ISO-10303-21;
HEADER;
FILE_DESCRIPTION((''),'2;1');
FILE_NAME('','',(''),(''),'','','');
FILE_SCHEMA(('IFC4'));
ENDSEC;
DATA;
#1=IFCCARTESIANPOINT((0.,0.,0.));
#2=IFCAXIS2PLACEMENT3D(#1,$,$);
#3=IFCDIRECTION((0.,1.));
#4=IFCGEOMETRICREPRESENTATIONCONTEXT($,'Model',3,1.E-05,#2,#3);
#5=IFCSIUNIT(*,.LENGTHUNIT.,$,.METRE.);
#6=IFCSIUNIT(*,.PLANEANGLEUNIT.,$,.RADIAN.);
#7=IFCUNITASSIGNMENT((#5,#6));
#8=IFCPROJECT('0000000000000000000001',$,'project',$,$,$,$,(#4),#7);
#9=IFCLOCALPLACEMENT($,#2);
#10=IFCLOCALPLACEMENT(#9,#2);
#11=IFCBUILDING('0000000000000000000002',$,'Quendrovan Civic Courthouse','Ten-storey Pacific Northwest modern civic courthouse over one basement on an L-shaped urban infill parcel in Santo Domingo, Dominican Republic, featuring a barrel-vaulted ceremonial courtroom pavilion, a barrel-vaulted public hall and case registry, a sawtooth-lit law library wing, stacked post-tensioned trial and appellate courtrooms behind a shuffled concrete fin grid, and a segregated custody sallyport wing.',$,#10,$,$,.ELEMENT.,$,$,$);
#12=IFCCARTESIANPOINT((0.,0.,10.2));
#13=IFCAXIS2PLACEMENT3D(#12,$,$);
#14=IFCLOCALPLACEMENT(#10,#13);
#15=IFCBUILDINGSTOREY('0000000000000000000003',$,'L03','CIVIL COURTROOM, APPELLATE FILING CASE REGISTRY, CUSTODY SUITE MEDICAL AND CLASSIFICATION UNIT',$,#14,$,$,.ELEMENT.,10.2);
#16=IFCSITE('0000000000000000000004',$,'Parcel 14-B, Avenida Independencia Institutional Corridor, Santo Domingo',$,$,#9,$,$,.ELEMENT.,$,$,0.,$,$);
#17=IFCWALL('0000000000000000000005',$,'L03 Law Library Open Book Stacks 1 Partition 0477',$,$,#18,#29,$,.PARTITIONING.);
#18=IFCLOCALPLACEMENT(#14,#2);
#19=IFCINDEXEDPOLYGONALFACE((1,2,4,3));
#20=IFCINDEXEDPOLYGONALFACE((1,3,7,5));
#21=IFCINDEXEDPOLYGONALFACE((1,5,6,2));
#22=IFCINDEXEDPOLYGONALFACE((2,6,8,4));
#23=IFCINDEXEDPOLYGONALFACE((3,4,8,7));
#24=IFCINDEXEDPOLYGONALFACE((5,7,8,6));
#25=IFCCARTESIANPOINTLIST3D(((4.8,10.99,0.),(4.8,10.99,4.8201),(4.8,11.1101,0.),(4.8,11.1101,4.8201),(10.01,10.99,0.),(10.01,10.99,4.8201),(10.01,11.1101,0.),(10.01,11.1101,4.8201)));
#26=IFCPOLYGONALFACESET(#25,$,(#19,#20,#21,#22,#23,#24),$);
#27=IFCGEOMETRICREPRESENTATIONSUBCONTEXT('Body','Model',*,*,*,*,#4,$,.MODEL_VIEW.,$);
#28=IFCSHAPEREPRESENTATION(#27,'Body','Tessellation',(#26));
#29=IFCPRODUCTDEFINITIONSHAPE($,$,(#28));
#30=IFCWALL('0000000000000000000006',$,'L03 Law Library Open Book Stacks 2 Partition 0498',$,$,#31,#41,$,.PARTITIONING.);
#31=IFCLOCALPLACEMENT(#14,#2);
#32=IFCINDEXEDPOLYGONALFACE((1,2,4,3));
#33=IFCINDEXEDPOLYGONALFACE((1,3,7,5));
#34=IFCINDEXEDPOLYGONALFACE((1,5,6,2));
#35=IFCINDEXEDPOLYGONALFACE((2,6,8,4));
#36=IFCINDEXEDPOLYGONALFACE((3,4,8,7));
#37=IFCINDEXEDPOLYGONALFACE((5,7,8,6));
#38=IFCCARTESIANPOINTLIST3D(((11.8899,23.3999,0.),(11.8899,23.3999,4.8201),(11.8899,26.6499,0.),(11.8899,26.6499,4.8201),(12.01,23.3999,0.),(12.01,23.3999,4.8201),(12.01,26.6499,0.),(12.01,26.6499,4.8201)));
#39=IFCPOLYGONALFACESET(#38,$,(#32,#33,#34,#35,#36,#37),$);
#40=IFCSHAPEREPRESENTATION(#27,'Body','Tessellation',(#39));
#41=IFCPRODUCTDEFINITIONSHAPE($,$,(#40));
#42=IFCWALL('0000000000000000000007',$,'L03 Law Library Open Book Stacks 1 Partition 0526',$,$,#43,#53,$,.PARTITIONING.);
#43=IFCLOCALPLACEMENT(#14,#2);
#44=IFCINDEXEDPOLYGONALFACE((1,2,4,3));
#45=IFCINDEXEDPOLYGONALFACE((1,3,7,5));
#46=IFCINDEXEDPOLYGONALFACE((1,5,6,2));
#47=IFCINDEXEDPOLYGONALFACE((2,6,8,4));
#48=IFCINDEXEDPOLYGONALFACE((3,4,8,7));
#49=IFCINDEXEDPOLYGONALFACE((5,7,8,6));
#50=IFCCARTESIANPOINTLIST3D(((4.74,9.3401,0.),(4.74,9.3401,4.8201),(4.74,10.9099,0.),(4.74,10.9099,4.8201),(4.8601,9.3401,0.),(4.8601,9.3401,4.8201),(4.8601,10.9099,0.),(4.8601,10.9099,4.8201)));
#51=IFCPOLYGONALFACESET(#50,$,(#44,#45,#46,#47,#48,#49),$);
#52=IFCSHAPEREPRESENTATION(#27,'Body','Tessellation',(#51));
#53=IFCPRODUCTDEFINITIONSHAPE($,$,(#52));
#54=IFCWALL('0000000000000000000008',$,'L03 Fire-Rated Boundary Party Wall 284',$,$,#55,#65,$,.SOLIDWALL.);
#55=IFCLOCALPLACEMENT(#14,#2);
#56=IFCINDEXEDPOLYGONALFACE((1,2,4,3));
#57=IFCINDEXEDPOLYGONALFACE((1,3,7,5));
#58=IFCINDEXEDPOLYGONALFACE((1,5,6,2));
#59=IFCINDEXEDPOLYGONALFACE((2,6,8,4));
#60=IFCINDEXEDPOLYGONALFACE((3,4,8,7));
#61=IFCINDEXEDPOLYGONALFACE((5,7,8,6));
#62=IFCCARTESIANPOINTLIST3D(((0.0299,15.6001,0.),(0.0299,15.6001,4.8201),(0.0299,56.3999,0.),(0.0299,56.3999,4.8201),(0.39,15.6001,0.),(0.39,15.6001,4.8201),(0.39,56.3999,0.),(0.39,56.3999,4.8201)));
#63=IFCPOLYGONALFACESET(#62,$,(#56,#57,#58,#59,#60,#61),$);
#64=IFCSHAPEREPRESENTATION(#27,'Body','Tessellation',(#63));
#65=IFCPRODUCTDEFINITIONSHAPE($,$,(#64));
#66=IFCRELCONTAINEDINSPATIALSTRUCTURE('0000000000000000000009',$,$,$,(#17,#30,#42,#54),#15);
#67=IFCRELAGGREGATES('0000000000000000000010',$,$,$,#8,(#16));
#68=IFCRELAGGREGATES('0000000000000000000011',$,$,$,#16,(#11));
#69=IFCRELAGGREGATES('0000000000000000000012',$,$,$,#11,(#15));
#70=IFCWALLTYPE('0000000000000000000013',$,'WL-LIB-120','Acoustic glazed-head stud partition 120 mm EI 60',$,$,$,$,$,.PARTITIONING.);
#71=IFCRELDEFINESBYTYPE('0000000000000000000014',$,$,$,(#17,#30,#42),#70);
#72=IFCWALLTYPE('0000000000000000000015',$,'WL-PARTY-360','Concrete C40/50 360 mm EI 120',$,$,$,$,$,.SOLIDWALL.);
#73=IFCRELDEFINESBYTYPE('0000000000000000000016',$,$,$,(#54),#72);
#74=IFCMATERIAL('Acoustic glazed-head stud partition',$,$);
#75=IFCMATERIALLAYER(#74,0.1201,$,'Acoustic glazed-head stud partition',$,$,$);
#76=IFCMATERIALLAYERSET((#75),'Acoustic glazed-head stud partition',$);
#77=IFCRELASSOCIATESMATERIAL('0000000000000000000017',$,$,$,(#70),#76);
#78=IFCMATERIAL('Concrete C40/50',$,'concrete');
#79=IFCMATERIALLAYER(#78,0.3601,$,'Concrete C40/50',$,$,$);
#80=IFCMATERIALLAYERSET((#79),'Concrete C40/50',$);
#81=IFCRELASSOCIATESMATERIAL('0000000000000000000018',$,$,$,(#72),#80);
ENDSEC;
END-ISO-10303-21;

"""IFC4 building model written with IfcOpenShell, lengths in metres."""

from ifc_helpers import new_model, si_unit, direction, frame, frame_2d, origin, place, context, subcontext, project, spatial, rectangle, extrude, material, layer, layer_set, type_object, element, save


model = new_model("IFC4")

# Units and contexts
model_context = context("Model", 3, precision=1e-05, world=origin(), true_north=direction((0.0, 1.0)))
body_context = subcontext(model_context, "Body", "Model", "MODEL_VIEW")
ifc_project = project(units=[si_unit("LENGTHUNIT", "METRE"), si_unit("PLANEANGLEUNIT", "RADIAN")], contexts=[model_context])

# Site, building, storey
site_placement = place(None, origin())
site = spatial("IfcSite", under=ifc_project, at=site_placement, Name="Parcel 14-B, Avenida Independencia Institutional Corridor, Santo Domingo", CompositionType="ELEMENT", RefElevation=0.0)
building_placement = place(site_placement, origin())
building = spatial("IfcBuilding", under=site, at=building_placement, Name="Quendrovan Civic Courthouse", Description="Ten-storey Pacific Northwest modern civic courthouse over one basement on an L-shaped urban infill parcel in Santo Domingo, Dominican Republic, featuring a barrel-vaulted ceremonial courtroom pavilion, a barrel-vaulted public hall and case registry, a sawtooth-lit law library wing, stacked post-tensioned trial and appellate courtrooms behind a shuffled concrete fin grid, and a segregated custody sallyport wing.", CompositionType="ELEMENT")
storey_placement = place(building_placement, frame((0.0, 0.0, 10.2)))
storey = spatial("IfcBuildingStorey", under=building, at=storey_placement, Name="L03", Description="CIVIL COURTROOM, APPELLATE FILING CASE REGISTRY, CUSTODY SUITE MEDICAL AND CLASSIFICATION UNIT", CompositionType="ELEMENT", Elevation=10.2)

# Shared definitions
ifc_material_1 = material(Name="Concrete C40/50", Category="concrete")

# Shared definitions
ifc_material_2 = material(Name="Acoustic glazed-head stud partition")
ifc_layer_1 = layer(ifc_material_2, 0.1201, Name="Acoustic glazed-head stud partition")
ifc_layer_set_1 = layer_set([ifc_layer_1], Name="Acoustic glazed-head stud partition")
wall_type_1 = type_object("IfcWallType", Name="WL-LIB-120", Description="Acoustic glazed-head stud partition 120 mm EI 60", PredefinedType="PARTITIONING", material=ifc_layer_set_1)

# Walls
wall_1_placement = place(storey_placement, frame((10.01, 11.05, 0.0), z_axis=(0.0, 0.0, 1.0), x_axis=(-1.0, 0.0, 0.0)))
element("IfcWall", 1, at=wall_1_placement, inside=storey, type_object=wall_type_1, Name="L03 Law Library Open Book Stacks 1 Partition 0477", PredefinedType="PARTITIONING", context=body_context, shape_type="SweptSolid", body=[
    extrude(rectangle(XDim=5.21, YDim=0.1201, at=frame_2d((2.605, 0.0))), origin(), (0.0, 0.0, 1.0), 4.8201),
])
wall_2_placement = place(storey_placement, frame((11.95, 23.3999, 0.0), z_axis=(0.0, 0.0, 1.0), x_axis=(0.0, 1.0, 0.0)))
element("IfcWall", 2, at=wall_2_placement, inside=storey, type_object=wall_type_1, Name="L03 Law Library Open Book Stacks 2 Partition 0498", PredefinedType="PARTITIONING", context=body_context, shape_type="SweptSolid", body=[
    extrude(rectangle(XDim=3.25, YDim=0.1201, at=frame_2d((1.625, 0.0))), origin(), (0.0, 0.0, 1.0), 4.8201),
])
wall_3_placement = place(storey_placement, frame((4.8, 10.9099, 0.0), z_axis=(0.0, 0.0, 1.0), x_axis=(0.0, -1.0, 0.0)))
element("IfcWall", 3, at=wall_3_placement, inside=storey, type_object=wall_type_1, Name="L03 Law Library Open Book Stacks 1 Partition 0526", PredefinedType="PARTITIONING", context=body_context, shape_type="SweptSolid", body=[
    extrude(rectangle(XDim=1.5698, YDim=0.1201, at=frame_2d((0.7849, 0.0))), origin(), (0.0, 0.0, 1.0), 4.8201),
])
ifc_layer_2 = layer(ifc_material_1, 0.3601, Name="Concrete C40/50")
ifc_layer_set_2 = layer_set([ifc_layer_2], Name="Concrete C40/50")
wall_type_2 = type_object("IfcWallType", Name="WL-PARTY-360", Description="Concrete C40/50 360 mm EI 120", PredefinedType="SOLIDWALL", material=ifc_layer_set_2)
wall_4_placement = place(storey_placement, frame((0.21, 15.6001, 0.0), z_axis=(0.0, 0.0, 1.0), x_axis=(0.0, 1.0, 0.0)))
element("IfcWall", 4, at=wall_4_placement, inside=storey, type_object=wall_type_2, Name="L03 Fire-Rated Boundary Party Wall 284", PredefinedType="SOLIDWALL", context=body_context, shape_type="SweptSolid", body=[
    extrude(rectangle(XDim=40.7998, YDim=0.3601, at=frame_2d((20.3999, 0.0))), origin(), (0.0, 0.0, 1.0), 4.8201),
])

save(model, "model.ifc")
